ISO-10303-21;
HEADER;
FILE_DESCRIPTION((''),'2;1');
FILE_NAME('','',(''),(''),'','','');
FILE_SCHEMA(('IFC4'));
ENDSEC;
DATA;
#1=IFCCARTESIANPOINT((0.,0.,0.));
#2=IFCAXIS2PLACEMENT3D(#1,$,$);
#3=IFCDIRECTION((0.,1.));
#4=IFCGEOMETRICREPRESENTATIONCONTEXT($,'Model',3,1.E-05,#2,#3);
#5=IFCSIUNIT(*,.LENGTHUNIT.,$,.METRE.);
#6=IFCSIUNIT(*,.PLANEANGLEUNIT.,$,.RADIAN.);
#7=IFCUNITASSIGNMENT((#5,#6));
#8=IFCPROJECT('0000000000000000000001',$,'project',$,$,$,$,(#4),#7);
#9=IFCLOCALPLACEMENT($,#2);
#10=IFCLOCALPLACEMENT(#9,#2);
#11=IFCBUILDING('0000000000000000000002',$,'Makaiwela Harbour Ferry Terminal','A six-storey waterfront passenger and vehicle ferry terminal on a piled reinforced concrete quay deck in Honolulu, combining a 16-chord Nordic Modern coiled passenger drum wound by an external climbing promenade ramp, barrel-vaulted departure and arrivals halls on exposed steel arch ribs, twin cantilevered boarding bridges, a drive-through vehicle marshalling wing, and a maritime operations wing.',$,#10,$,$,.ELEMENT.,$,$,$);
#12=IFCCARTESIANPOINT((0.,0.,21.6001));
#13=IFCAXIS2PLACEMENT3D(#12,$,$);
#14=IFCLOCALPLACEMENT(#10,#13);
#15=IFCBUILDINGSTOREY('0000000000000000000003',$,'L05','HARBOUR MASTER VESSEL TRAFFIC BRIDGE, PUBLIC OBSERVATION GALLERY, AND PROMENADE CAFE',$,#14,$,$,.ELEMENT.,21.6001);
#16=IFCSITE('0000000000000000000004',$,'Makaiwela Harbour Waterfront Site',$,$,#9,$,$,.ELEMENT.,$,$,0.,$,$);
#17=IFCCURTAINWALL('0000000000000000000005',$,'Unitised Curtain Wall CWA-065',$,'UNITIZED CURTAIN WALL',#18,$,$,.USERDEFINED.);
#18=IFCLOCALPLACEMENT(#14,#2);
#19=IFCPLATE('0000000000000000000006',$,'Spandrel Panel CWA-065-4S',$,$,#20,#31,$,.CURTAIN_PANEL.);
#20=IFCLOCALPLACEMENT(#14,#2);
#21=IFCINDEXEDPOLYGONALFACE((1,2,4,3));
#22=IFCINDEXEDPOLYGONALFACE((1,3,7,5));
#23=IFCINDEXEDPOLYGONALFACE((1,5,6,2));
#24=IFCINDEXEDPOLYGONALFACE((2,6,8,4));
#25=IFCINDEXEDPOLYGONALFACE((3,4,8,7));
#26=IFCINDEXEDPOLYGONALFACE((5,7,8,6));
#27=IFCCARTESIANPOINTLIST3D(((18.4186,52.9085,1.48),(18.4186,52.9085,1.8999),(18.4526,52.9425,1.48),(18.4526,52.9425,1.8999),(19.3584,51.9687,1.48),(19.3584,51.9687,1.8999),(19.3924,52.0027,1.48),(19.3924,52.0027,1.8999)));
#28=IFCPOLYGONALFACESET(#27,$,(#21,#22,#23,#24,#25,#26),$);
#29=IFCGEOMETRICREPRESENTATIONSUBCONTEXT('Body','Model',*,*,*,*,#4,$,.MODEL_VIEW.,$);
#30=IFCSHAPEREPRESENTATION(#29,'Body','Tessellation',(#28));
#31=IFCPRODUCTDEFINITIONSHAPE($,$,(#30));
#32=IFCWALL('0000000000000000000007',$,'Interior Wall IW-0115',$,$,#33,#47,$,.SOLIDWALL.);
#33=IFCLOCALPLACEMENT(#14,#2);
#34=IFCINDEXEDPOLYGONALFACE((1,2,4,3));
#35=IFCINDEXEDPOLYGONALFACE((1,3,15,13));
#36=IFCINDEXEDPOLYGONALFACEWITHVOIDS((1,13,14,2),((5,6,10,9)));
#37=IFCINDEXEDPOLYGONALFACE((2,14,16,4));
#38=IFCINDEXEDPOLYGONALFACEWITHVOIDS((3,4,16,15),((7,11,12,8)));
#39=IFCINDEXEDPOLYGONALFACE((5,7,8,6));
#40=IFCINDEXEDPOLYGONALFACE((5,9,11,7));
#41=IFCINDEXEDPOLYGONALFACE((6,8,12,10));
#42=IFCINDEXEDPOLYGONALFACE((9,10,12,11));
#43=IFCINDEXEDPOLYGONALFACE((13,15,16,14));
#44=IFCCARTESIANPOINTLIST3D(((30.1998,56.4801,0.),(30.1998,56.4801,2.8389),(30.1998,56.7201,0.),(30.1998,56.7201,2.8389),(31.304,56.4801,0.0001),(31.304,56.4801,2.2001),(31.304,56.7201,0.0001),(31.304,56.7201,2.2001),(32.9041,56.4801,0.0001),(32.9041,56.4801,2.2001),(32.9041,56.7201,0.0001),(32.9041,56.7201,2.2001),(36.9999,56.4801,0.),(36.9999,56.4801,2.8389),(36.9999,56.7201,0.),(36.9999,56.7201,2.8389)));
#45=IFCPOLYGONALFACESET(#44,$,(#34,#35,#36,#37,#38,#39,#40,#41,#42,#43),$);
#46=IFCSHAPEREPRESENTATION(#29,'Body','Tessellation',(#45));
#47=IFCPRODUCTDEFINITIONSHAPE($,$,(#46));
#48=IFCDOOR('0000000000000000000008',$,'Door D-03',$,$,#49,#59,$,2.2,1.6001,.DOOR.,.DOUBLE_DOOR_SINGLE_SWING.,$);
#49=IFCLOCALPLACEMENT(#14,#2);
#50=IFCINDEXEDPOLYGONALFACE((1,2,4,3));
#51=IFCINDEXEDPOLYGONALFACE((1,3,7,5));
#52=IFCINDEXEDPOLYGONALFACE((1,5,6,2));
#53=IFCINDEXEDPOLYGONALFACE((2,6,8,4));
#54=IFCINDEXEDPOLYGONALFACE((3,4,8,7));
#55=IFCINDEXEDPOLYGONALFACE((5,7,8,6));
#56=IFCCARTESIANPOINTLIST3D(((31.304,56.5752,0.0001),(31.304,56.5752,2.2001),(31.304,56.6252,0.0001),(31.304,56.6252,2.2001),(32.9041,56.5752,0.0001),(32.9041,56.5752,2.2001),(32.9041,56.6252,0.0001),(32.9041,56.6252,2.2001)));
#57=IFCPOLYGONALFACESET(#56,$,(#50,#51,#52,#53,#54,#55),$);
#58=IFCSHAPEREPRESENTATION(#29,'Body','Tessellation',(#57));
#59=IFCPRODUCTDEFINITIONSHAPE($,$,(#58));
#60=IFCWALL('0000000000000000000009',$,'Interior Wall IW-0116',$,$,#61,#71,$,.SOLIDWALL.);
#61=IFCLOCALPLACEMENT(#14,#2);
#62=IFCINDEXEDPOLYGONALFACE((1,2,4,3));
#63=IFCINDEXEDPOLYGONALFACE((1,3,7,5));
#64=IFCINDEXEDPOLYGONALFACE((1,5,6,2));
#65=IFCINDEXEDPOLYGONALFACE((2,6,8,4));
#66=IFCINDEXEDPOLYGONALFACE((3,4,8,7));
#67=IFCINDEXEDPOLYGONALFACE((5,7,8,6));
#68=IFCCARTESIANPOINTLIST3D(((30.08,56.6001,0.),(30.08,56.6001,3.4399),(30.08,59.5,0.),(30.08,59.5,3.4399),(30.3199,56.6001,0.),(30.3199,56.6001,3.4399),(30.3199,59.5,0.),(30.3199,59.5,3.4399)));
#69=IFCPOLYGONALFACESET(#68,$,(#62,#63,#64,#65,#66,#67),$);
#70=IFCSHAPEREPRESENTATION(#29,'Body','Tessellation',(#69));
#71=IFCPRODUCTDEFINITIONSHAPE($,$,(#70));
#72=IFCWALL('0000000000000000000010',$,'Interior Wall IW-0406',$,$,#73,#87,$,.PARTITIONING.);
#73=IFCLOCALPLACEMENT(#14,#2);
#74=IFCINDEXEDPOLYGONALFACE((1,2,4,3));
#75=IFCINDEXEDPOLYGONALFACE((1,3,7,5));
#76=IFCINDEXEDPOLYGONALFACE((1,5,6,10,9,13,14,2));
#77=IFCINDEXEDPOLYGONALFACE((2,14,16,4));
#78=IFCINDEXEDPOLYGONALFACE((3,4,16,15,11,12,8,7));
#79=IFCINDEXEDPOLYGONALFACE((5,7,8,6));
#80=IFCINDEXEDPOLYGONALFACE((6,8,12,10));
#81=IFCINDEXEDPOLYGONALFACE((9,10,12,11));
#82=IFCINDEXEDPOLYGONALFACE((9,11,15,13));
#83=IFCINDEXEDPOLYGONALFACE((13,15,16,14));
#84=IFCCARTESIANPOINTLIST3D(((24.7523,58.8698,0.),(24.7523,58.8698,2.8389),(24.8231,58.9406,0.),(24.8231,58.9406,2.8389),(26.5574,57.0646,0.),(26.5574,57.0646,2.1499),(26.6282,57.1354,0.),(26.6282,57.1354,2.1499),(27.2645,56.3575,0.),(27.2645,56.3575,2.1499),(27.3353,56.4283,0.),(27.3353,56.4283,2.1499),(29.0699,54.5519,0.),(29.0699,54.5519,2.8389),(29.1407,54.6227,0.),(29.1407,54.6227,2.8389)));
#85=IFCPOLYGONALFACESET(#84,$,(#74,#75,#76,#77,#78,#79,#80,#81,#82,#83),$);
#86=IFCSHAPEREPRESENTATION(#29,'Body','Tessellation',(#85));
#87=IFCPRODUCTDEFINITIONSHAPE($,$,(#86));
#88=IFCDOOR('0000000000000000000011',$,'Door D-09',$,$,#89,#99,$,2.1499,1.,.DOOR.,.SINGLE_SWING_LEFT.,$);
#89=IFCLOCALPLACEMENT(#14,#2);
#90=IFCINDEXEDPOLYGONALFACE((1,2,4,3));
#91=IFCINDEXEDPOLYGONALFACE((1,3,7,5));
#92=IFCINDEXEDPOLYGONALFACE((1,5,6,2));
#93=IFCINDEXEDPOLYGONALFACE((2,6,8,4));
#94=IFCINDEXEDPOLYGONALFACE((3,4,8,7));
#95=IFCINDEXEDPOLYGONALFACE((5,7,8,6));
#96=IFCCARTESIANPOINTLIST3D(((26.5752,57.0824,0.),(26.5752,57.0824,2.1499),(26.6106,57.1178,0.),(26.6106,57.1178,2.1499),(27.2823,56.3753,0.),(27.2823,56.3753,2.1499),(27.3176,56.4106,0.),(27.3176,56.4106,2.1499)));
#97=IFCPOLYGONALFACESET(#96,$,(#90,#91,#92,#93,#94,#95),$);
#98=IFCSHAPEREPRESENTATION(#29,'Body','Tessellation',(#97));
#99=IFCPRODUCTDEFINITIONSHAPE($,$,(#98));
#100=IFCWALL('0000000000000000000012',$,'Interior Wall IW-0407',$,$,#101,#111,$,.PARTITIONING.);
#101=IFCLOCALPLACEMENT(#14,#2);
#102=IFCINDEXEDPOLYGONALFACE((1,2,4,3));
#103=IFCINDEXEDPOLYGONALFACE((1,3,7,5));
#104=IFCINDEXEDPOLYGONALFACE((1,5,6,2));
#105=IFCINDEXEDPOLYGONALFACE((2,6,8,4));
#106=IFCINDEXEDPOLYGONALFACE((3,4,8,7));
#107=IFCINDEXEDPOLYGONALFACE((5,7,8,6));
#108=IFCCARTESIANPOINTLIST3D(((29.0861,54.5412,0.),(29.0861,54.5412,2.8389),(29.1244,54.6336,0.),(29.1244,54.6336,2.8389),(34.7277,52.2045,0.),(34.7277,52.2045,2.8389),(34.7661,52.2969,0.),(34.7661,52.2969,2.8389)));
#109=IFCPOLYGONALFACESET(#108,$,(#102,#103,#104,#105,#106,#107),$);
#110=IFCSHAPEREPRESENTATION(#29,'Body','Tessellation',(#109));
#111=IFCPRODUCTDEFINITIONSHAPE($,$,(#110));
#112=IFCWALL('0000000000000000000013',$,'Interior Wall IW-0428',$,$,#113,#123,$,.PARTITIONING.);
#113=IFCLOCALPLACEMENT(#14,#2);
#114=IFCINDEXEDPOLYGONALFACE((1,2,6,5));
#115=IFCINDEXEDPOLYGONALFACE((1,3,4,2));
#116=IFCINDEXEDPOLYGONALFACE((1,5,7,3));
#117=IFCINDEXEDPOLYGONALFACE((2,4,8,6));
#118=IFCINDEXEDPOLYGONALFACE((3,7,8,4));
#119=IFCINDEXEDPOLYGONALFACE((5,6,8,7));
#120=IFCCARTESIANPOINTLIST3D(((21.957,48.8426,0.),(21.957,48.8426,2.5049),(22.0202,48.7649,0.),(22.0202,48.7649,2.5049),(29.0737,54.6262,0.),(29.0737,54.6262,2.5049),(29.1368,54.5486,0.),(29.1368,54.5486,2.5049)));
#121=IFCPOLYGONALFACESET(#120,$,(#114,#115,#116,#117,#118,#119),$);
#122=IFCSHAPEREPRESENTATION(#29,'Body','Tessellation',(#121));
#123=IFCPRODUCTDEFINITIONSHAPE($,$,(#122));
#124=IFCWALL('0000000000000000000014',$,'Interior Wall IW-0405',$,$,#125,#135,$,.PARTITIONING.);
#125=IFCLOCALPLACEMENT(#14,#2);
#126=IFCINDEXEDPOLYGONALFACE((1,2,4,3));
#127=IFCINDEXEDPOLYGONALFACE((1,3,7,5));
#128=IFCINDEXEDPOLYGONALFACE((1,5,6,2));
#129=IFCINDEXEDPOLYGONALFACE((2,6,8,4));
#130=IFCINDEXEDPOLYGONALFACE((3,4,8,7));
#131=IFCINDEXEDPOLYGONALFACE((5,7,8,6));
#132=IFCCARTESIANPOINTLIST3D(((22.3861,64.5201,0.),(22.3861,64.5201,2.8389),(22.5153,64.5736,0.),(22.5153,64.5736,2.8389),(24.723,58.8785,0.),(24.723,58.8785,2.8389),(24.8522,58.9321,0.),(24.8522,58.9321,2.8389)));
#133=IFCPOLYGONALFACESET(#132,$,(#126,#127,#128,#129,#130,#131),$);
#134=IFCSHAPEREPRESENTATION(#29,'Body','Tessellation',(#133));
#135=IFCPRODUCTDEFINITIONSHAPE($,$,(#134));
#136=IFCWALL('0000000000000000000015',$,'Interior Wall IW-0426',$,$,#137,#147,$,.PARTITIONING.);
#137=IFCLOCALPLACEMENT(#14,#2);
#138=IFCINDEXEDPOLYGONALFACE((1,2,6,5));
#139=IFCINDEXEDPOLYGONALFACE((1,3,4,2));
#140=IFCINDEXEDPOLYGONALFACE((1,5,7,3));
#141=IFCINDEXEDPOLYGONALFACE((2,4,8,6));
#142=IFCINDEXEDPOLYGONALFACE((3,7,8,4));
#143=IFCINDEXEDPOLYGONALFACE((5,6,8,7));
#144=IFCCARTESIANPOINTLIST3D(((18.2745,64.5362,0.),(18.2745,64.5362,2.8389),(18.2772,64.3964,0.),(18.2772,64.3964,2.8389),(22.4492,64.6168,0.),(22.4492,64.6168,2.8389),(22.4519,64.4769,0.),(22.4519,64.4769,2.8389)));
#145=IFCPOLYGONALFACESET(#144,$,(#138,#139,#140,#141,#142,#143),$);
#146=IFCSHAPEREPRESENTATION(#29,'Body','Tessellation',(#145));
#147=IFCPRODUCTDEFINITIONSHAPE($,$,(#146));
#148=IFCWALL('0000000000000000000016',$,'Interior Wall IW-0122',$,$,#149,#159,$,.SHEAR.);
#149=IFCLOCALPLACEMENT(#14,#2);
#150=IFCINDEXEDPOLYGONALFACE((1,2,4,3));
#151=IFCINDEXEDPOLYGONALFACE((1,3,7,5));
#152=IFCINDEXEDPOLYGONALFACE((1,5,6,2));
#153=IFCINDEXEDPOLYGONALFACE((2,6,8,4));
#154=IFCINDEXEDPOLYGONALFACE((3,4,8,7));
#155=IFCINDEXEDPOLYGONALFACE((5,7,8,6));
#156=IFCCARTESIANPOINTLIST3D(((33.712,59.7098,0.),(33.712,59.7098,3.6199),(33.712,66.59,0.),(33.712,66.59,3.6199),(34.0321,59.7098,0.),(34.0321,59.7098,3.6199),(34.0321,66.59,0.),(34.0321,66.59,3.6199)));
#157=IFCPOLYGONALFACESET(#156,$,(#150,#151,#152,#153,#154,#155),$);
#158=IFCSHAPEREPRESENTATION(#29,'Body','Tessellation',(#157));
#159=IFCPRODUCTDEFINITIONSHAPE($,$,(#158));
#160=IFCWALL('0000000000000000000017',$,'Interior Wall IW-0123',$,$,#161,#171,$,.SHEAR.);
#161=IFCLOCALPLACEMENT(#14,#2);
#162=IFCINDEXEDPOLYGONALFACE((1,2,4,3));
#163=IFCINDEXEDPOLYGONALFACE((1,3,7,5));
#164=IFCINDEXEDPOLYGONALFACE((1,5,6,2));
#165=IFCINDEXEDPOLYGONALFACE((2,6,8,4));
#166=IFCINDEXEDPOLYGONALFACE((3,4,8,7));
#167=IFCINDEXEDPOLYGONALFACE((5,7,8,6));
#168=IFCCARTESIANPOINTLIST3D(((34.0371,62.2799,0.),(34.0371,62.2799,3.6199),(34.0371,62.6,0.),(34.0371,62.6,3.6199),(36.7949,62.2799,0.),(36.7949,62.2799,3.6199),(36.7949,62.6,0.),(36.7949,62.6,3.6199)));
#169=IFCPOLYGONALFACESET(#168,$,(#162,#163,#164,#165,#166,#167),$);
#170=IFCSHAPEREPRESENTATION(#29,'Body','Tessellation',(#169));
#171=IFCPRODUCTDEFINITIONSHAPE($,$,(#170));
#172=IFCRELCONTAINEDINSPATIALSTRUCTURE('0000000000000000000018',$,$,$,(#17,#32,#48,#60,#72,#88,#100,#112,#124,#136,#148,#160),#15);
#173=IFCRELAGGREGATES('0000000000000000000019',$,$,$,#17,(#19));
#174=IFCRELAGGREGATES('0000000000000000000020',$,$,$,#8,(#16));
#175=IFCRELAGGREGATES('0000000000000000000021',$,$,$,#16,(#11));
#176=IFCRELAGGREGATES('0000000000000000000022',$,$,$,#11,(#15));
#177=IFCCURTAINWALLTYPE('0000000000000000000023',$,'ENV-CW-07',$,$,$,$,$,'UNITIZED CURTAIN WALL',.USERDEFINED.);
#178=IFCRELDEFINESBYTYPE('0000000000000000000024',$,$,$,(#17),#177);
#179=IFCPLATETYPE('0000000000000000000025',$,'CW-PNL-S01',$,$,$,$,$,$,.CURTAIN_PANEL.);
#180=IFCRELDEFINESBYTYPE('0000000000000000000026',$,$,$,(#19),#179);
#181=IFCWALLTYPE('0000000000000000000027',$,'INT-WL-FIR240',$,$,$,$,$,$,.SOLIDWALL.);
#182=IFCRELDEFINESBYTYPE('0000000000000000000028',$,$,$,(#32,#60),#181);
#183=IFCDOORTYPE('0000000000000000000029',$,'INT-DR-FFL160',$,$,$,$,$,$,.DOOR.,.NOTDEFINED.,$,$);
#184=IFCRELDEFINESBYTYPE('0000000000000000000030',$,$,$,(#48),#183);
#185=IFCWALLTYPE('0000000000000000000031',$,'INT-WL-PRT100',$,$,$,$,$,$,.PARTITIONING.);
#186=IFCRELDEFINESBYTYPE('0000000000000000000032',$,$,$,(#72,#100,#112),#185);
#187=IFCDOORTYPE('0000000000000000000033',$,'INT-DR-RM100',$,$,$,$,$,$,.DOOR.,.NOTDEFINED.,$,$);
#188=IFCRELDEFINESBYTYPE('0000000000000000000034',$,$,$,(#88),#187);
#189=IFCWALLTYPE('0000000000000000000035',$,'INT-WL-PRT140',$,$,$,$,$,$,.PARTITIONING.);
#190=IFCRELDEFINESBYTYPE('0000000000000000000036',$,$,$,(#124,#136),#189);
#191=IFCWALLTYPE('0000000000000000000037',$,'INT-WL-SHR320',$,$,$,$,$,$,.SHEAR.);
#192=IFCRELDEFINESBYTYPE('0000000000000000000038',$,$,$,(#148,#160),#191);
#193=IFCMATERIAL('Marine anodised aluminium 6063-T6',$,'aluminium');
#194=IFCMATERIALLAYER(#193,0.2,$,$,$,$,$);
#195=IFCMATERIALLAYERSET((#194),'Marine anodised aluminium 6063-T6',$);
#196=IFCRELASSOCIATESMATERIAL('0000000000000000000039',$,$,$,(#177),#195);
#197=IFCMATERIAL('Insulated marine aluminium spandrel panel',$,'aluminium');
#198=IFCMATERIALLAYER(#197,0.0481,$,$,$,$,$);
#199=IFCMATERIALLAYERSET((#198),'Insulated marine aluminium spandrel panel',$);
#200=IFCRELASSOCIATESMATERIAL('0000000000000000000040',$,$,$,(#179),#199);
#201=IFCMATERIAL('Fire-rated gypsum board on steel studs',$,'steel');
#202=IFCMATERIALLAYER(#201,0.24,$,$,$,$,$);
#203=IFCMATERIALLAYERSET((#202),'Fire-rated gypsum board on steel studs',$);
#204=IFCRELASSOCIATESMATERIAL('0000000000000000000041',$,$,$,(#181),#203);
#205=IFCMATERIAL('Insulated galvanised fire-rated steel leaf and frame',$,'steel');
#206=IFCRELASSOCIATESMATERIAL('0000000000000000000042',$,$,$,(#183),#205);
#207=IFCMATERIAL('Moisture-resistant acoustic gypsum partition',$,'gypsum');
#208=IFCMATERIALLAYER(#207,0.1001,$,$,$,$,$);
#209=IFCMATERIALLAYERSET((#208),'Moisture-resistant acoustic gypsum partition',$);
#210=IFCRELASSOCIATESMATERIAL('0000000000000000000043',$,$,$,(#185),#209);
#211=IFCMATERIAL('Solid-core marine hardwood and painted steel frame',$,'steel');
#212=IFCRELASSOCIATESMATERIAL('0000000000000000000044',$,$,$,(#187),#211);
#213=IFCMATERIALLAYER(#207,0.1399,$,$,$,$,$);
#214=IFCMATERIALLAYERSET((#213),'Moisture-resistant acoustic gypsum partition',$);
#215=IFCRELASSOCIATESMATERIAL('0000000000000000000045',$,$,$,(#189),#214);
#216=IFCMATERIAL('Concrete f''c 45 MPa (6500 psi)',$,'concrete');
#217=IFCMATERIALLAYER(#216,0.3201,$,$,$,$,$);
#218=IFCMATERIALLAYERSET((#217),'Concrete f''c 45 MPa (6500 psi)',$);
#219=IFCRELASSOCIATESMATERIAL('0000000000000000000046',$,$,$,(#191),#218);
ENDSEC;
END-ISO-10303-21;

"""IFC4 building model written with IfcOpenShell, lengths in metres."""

from ifc_helpers import new_model, si_unit, direction, frame, frame_2d, origin, origin_2d, place, context, subcontext, project, spatial, rectangle, extrude, material, layer, layer_set, type_object, element, fill, aggregate, save


model = new_model("IFC4")

# Units and contexts
model_context = context("Model", 3, precision=1e-05, world=origin(), true_north=direction((0.0, 1.0)))
body_context = subcontext(model_context, "Body", "Model", "MODEL_VIEW")
ifc_project = project(units=[si_unit("LENGTHUNIT", "METRE"), si_unit("PLANEANGLEUNIT", "RADIAN")], contexts=[model_context])

# Site, building, storey
site_placement = place(None, origin())
site = spatial("IfcSite", under=ifc_project, at=site_placement, Name="Makaiwela Harbour Waterfront Site", CompositionType="ELEMENT", RefElevation=0.0)
building_placement = place(site_placement, origin())
building = spatial("IfcBuilding", under=site, at=building_placement, Name="Makaiwela Harbour Ferry Terminal", Description="A six-storey waterfront passenger and vehicle ferry terminal on a piled reinforced concrete quay deck in Honolulu, combining a 16-chord Nordic Modern coiled passenger drum wound by an external climbing promenade ramp, barrel-vaulted departure and arrivals halls on exposed steel arch ribs, twin cantilevered boarding bridges, a drive-through vehicle marshalling wing, and a maritime operations wing.", CompositionType="ELEMENT")
storey_placement = place(building_placement, frame((0.0, 0.0, 21.6001)))
storey = spatial("IfcBuildingStorey", under=building, at=storey_placement, Name="L05", Description="HARBOUR MASTER VESSEL TRAFFIC BRIDGE, PUBLIC OBSERVATION GALLERY, AND PROMENADE CAFE", CompositionType="ELEMENT", Elevation=21.6001)

# Curtain wall
ifc_material_1 = material(Name="Marine anodised aluminium 6063-T6", Category="aluminium")
ifc_layer_1 = layer(ifc_material_1, 0.2)
ifc_layer_set_1 = layer_set([ifc_layer_1], Name="Marine anodised aluminium 6063-T6")
curtain_wall_type = type_object("IfcCurtainWallType", Name="ENV-CW-07", ElementType="UNITIZED CURTAIN WALL", PredefinedType="USERDEFINED", material=ifc_layer_set_1)
curtain_wall_placement = place(storey_placement, origin())
curtain_wall = element("IfcCurtainWall", 1, at=curtain_wall_placement, inside=storey, type_object=curtain_wall_type, Name="Unitised Curtain Wall CWA-065", ObjectType="UNITIZED CURTAIN WALL", PredefinedType="USERDEFINED")

# Plate
ifc_material_2 = material(Name="Insulated marine aluminium spandrel panel", Category="aluminium")
ifc_layer_2 = layer(ifc_material_2, 0.0481)
ifc_layer_set_2 = layer_set([ifc_layer_2], Name="Insulated marine aluminium spandrel panel")
plate_type_1 = type_object("IfcPlateType", Name="CW-PNL-S01", PredefinedType="CURTAIN_PANEL", material=ifc_layer_set_2)
plate_1_placement = place(storey_placement, frame((18.9055, 52.4556, 1.48), z_axis=(0.0, 0.0, 1.0), x_axis=(0.707107, -0.707107, 0.0)))
plate_1 = element("IfcPlate", 2, at=plate_1_placement, type_object=plate_type_1, Name="Spandrel Panel CWA-065-4S", PredefinedType="CURTAIN_PANEL", context=body_context, shape_type="SweptSolid", body=[
    extrude(rectangle(XDim=1.3291, YDim=0.0481, at=origin_2d()), origin(), (0.0, 0.0, 1.0), 0.4199),
])
aggregate(curtain_wall, [plate_1])

# Wall, opening, door
ifc_material_3 = material(Name="Fire-rated gypsum board on steel studs", Category="steel")
ifc_layer_3 = layer(ifc_material_3, 0.24)
ifc_layer_set_3 = layer_set([ifc_layer_3], Name="Fire-rated gypsum board on steel studs")
wall_type_1 = type_object("IfcWallType", Name="INT-WL-FIR240", PredefinedType="SOLIDWALL", material=ifc_layer_set_3)
wall_1_placement = place(storey_placement, frame((30.2, 56.6001, 0.0), z_axis=(0.0, 0.0, 1.0), x_axis=(1.0, 0.0, 0.0)))
wall_1 = element("IfcWall", 3, at=wall_1_placement, inside=storey, type_object=wall_type_1, Name="Interior Wall IW-0115", PredefinedType="SOLIDWALL", context=body_context, shape_type="SweptSolid", body=[
    extrude(rectangle(XDim=6.8, YDim=0.24, at=frame_2d((3.3999, 0.0))), origin(), (0.0, 0.0, 1.0), 2.8389),
])
opening_1_placement = place(wall_1_placement, frame((1.104, 0.0, 0.0)))
opening_1 = element("IfcOpeningElement", 4, at=opening_1_placement, cuts=wall_1, PredefinedType="OPENING", context=body_context, shape_type="SweptSolid", body=[
    extrude(rectangle(XDim=1.6001, YDim=2.2, at=frame_2d((0.8, 1.1001))), frame((0.0, 0.1299, 0.0), z_axis=(0.0, -1.0, 0.0), x_axis=(1.0, 0.0, 0.0)), (0.0, 0.0, 1.0), 0.26),
])
ifc_material_4 = material(Name="Insulated galvanised fire-rated steel leaf and frame", Category="steel")
door_type_1 = type_object("IfcDoorType", Name="INT-DR-FFL160", OperationType="NOTDEFINED", PredefinedType="DOOR", material=ifc_material_4)
door_1_placement = place(opening_1_placement, frame((1.6001, 0.0, 0.0), z_axis=(0.0, 0.0, 1.0), x_axis=(-1.0, 0.0, 0.0)))
door_1 = element("IfcDoor", 5, at=door_1_placement, inside=storey, type_object=door_type_1, Name="Door D-03", OperationType="DOUBLE_DOOR_SINGLE_SWING", OverallHeight=2.2, OverallWidth=1.6001, PredefinedType="DOOR", context=body_context, shape_type="SweptSolid", body=[
    extrude(rectangle(XDim=1.6001, YDim=2.2, at=frame_2d((0.8, 1.1001))), frame((0.0, 0.0249, 0.0), z_axis=(0.0, -1.0, 0.0), x_axis=(1.0, 0.0, 0.0)), (0.0, 0.0, 1.0), 0.05),
])
fill(opening_1, door_1)

# Wall
wall_2_placement = place(storey_placement, frame((30.2, 59.5, 0.0), z_axis=(0.0, 0.0, 1.0), x_axis=(0.0, -1.0, 0.0)))
element("IfcWall", 6, at=wall_2_placement, inside=storey, type_object=wall_type_1, Name="Interior Wall IW-0116", PredefinedType="SOLIDWALL", context=body_context, shape_type="SweptSolid", body=[
    extrude(rectangle(XDim=2.8999, YDim=0.24, at=frame_2d((1.45, 0.0))), origin(), (0.0, 0.0, 1.0), 3.4399),
])

# Wall, opening, door
ifc_material_5 = material(Name="Moisture-resistant acoustic gypsum partition", Category="gypsum")
ifc_layer_4 = layer(ifc_material_5, 0.1001)
ifc_layer_set_4 = layer_set([ifc_layer_4], Name="Moisture-resistant acoustic gypsum partition")
wall_type_2 = type_object("IfcWallType", Name="INT-WL-PRT100", PredefinedType="PARTITIONING", material=ifc_layer_set_4)
wall_3_placement = place(storey_placement, frame((24.7876, 58.9053, 0.0), z_axis=(0.0, 0.0, 1.0), x_axis=(0.707087, -0.707127, 0.0)))
wall_3 = element("IfcWall", 7, at=wall_3_placement, inside=storey, type_object=wall_type_2, Name="Interior Wall IW-0406", PredefinedType="PARTITIONING", context=body_context, shape_type="SweptSolid", body=[
    extrude(rectangle(XDim=6.1062, YDim=0.1001, at=frame_2d((3.0532, 0.0))), origin(), (0.0, 0.0, 1.0), 2.8389),
])
opening_2_placement = place(wall_3_placement, frame((2.553, 0.0, 0.0)))
opening_2 = element("IfcOpeningElement", 8, at=opening_2_placement, cuts=wall_3, PredefinedType="OPENING", context=body_context, shape_type="SweptSolid", body=[
    extrude(rectangle(XDim=1.0, YDim=2.1499, at=frame_2d((0.5, 1.075))), frame((0.0, 0.0601, 0.0), z_axis=(0.0, -1.0, 0.0), x_axis=(1.0, 0.0, 0.0)), (0.0, 0.0, 1.0), 0.1201),
])
ifc_material_6 = material(Name="Solid-core marine hardwood and painted steel frame", Category="steel")
door_type_2 = type_object("IfcDoorType", Name="INT-DR-RM100", OperationType="NOTDEFINED", PredefinedType="DOOR", material=ifc_material_6)
door_2_placement = place(opening_2_placement, frame((1.0, 0.0, 0.0), z_axis=(0.0, 0.0, 1.0), x_axis=(-1.0, 0.0, 0.0)))
door_2 = element("IfcDoor", 9, at=door_2_placement, inside=storey, type_object=door_type_2, Name="Door D-09", OperationType="SINGLE_SWING_LEFT", OverallHeight=2.1499, OverallWidth=1.0, PredefinedType="DOOR", context=body_context, shape_type="SweptSolid", body=[
    extrude(rectangle(XDim=1.0, YDim=2.1499, at=frame_2d((0.5, 1.075))), frame((0.0, 0.0249, 0.0), z_axis=(0.0, -1.0, 0.0), x_axis=(1.0, 0.0, 0.0)), (0.0, 0.0, 1.0), 0.05),
])
fill(opening_2, door_2)

# Walls
wall_4_placement = place(storey_placement, frame((29.1052, 54.5874, 0.0), z_axis=(0.0, 0.0, 1.0), x_axis=(0.923889, -0.382661, 0.0)))
element("IfcWall", 10, at=wall_4_placement, inside=storey, type_object=wall_type_2, Name="Interior Wall IW-0407", PredefinedType="PARTITIONING", context=body_context, shape_type="SweptSolid", body=[
    extrude(rectangle(XDim=6.1064, YDim=0.1001, at=frame_2d((3.0532, 0.0))), origin(), (0.0, 0.0, 1.0), 2.8389),
])
wall_5_placement = place(storey_placement, frame((29.1052, 54.5874, 0.0), z_axis=(0.0, 0.0, 1.0), x_axis=(-0.776041, -0.630683, 0.0)))
element("IfcWall", 11, at=wall_5_placement, inside=storey, type_object=wall_type_2, Name="Interior Wall IW-0428", PredefinedType="PARTITIONING", context=body_context, shape_type="SweptSolid", body=[
    extrude(rectangle(XDim=9.1704, YDim=0.1001, at=frame_2d((4.5852, 0.0))), origin(), (0.0, 0.0, 1.0), 2.5049),
])
ifc_layer_5 = layer(ifc_material_5, 0.1399)
ifc_layer_set_5 = layer_set([ifc_layer_5], Name="Moisture-resistant acoustic gypsum partition")
wall_type_3 = type_object("IfcWallType", Name="INT-WL-PRT140", PredefinedType="PARTITIONING", material=ifc_layer_set_5)
wall_6_placement = place(storey_placement, frame((22.4507, 64.5469, 0.0), z_axis=(0.0, 0.0, 1.0), x_axis=(0.382695, -0.923875, 0.0)))
element("IfcWall", 12, at=wall_6_placement, inside=storey, type_object=wall_type_3, Name="Interior Wall IW-0405", PredefinedType="PARTITIONING", context=body_context, shape_type="SweptSolid", body=[
    extrude(rectangle(XDim=6.1064, YDim=0.1399, at=frame_2d((3.0532, 0.0))), origin(), (0.0, 0.0, 1.0), 2.8389),
])
wall_7_placement = place(storey_placement, frame((22.4507, 64.5469, 0.0), z_axis=(0.0, 0.0, 1.0), x_axis=(-0.999814, -0.019295, 0.0)))
element("IfcWall", 13, at=wall_7_placement, inside=storey, type_object=wall_type_3, Name="Interior Wall IW-0426", PredefinedType="PARTITIONING", context=body_context, shape_type="SweptSolid", body=[
    extrude(rectangle(XDim=4.1755, YDim=0.1399, at=frame_2d((2.0879, 0.0))), origin(), (0.0, 0.0, 1.0), 2.8389),
])
ifc_material_7 = material(Name="Concrete f'c 45 MPa (6500 psi)", Category="concrete")
ifc_layer_6 = layer(ifc_material_7, 0.3201)
ifc_layer_set_6 = layer_set([ifc_layer_6], Name="Concrete f'c 45 MPa (6500 psi)")
wall_type_4 = type_object("IfcWallType", Name="INT-WL-SHR320", PredefinedType="SHEAR", material=ifc_layer_set_6)
wall_8_placement = place(storey_placement, frame((33.8721, 59.71, 0.0), z_axis=(0.0, 0.0, 1.0), x_axis=(0.0, 1.0, 0.0)))
element("IfcWall", 14, at=wall_8_placement, inside=storey, type_object=wall_type_4, Name="Interior Wall IW-0122", PredefinedType="SHEAR", context=body_context, shape_type="SweptSolid", body=[
    extrude(rectangle(XDim=6.8801, YDim=0.3201, at=frame_2d((3.4399, 0.0))), origin(), (0.0, 0.0, 1.0), 3.6199),
])
wall_9_placement = place(storey_placement, frame((34.0371, 62.4399, 0.0), z_axis=(0.0, 0.0, 1.0), x_axis=(1.0, 0.0, 0.0)))
element("IfcWall", 15, at=wall_9_placement, inside=storey, type_object=wall_type_4, Name="Interior Wall IW-0123", PredefinedType="SHEAR", context=body_context, shape_type="SweptSolid", body=[
    extrude(rectangle(XDim=2.7578, YDim=0.3201, at=frame_2d((1.3789, 0.0))), origin(), (0.0, 0.0, 1.0), 3.6199),
])

save(model, "model.ifc")
